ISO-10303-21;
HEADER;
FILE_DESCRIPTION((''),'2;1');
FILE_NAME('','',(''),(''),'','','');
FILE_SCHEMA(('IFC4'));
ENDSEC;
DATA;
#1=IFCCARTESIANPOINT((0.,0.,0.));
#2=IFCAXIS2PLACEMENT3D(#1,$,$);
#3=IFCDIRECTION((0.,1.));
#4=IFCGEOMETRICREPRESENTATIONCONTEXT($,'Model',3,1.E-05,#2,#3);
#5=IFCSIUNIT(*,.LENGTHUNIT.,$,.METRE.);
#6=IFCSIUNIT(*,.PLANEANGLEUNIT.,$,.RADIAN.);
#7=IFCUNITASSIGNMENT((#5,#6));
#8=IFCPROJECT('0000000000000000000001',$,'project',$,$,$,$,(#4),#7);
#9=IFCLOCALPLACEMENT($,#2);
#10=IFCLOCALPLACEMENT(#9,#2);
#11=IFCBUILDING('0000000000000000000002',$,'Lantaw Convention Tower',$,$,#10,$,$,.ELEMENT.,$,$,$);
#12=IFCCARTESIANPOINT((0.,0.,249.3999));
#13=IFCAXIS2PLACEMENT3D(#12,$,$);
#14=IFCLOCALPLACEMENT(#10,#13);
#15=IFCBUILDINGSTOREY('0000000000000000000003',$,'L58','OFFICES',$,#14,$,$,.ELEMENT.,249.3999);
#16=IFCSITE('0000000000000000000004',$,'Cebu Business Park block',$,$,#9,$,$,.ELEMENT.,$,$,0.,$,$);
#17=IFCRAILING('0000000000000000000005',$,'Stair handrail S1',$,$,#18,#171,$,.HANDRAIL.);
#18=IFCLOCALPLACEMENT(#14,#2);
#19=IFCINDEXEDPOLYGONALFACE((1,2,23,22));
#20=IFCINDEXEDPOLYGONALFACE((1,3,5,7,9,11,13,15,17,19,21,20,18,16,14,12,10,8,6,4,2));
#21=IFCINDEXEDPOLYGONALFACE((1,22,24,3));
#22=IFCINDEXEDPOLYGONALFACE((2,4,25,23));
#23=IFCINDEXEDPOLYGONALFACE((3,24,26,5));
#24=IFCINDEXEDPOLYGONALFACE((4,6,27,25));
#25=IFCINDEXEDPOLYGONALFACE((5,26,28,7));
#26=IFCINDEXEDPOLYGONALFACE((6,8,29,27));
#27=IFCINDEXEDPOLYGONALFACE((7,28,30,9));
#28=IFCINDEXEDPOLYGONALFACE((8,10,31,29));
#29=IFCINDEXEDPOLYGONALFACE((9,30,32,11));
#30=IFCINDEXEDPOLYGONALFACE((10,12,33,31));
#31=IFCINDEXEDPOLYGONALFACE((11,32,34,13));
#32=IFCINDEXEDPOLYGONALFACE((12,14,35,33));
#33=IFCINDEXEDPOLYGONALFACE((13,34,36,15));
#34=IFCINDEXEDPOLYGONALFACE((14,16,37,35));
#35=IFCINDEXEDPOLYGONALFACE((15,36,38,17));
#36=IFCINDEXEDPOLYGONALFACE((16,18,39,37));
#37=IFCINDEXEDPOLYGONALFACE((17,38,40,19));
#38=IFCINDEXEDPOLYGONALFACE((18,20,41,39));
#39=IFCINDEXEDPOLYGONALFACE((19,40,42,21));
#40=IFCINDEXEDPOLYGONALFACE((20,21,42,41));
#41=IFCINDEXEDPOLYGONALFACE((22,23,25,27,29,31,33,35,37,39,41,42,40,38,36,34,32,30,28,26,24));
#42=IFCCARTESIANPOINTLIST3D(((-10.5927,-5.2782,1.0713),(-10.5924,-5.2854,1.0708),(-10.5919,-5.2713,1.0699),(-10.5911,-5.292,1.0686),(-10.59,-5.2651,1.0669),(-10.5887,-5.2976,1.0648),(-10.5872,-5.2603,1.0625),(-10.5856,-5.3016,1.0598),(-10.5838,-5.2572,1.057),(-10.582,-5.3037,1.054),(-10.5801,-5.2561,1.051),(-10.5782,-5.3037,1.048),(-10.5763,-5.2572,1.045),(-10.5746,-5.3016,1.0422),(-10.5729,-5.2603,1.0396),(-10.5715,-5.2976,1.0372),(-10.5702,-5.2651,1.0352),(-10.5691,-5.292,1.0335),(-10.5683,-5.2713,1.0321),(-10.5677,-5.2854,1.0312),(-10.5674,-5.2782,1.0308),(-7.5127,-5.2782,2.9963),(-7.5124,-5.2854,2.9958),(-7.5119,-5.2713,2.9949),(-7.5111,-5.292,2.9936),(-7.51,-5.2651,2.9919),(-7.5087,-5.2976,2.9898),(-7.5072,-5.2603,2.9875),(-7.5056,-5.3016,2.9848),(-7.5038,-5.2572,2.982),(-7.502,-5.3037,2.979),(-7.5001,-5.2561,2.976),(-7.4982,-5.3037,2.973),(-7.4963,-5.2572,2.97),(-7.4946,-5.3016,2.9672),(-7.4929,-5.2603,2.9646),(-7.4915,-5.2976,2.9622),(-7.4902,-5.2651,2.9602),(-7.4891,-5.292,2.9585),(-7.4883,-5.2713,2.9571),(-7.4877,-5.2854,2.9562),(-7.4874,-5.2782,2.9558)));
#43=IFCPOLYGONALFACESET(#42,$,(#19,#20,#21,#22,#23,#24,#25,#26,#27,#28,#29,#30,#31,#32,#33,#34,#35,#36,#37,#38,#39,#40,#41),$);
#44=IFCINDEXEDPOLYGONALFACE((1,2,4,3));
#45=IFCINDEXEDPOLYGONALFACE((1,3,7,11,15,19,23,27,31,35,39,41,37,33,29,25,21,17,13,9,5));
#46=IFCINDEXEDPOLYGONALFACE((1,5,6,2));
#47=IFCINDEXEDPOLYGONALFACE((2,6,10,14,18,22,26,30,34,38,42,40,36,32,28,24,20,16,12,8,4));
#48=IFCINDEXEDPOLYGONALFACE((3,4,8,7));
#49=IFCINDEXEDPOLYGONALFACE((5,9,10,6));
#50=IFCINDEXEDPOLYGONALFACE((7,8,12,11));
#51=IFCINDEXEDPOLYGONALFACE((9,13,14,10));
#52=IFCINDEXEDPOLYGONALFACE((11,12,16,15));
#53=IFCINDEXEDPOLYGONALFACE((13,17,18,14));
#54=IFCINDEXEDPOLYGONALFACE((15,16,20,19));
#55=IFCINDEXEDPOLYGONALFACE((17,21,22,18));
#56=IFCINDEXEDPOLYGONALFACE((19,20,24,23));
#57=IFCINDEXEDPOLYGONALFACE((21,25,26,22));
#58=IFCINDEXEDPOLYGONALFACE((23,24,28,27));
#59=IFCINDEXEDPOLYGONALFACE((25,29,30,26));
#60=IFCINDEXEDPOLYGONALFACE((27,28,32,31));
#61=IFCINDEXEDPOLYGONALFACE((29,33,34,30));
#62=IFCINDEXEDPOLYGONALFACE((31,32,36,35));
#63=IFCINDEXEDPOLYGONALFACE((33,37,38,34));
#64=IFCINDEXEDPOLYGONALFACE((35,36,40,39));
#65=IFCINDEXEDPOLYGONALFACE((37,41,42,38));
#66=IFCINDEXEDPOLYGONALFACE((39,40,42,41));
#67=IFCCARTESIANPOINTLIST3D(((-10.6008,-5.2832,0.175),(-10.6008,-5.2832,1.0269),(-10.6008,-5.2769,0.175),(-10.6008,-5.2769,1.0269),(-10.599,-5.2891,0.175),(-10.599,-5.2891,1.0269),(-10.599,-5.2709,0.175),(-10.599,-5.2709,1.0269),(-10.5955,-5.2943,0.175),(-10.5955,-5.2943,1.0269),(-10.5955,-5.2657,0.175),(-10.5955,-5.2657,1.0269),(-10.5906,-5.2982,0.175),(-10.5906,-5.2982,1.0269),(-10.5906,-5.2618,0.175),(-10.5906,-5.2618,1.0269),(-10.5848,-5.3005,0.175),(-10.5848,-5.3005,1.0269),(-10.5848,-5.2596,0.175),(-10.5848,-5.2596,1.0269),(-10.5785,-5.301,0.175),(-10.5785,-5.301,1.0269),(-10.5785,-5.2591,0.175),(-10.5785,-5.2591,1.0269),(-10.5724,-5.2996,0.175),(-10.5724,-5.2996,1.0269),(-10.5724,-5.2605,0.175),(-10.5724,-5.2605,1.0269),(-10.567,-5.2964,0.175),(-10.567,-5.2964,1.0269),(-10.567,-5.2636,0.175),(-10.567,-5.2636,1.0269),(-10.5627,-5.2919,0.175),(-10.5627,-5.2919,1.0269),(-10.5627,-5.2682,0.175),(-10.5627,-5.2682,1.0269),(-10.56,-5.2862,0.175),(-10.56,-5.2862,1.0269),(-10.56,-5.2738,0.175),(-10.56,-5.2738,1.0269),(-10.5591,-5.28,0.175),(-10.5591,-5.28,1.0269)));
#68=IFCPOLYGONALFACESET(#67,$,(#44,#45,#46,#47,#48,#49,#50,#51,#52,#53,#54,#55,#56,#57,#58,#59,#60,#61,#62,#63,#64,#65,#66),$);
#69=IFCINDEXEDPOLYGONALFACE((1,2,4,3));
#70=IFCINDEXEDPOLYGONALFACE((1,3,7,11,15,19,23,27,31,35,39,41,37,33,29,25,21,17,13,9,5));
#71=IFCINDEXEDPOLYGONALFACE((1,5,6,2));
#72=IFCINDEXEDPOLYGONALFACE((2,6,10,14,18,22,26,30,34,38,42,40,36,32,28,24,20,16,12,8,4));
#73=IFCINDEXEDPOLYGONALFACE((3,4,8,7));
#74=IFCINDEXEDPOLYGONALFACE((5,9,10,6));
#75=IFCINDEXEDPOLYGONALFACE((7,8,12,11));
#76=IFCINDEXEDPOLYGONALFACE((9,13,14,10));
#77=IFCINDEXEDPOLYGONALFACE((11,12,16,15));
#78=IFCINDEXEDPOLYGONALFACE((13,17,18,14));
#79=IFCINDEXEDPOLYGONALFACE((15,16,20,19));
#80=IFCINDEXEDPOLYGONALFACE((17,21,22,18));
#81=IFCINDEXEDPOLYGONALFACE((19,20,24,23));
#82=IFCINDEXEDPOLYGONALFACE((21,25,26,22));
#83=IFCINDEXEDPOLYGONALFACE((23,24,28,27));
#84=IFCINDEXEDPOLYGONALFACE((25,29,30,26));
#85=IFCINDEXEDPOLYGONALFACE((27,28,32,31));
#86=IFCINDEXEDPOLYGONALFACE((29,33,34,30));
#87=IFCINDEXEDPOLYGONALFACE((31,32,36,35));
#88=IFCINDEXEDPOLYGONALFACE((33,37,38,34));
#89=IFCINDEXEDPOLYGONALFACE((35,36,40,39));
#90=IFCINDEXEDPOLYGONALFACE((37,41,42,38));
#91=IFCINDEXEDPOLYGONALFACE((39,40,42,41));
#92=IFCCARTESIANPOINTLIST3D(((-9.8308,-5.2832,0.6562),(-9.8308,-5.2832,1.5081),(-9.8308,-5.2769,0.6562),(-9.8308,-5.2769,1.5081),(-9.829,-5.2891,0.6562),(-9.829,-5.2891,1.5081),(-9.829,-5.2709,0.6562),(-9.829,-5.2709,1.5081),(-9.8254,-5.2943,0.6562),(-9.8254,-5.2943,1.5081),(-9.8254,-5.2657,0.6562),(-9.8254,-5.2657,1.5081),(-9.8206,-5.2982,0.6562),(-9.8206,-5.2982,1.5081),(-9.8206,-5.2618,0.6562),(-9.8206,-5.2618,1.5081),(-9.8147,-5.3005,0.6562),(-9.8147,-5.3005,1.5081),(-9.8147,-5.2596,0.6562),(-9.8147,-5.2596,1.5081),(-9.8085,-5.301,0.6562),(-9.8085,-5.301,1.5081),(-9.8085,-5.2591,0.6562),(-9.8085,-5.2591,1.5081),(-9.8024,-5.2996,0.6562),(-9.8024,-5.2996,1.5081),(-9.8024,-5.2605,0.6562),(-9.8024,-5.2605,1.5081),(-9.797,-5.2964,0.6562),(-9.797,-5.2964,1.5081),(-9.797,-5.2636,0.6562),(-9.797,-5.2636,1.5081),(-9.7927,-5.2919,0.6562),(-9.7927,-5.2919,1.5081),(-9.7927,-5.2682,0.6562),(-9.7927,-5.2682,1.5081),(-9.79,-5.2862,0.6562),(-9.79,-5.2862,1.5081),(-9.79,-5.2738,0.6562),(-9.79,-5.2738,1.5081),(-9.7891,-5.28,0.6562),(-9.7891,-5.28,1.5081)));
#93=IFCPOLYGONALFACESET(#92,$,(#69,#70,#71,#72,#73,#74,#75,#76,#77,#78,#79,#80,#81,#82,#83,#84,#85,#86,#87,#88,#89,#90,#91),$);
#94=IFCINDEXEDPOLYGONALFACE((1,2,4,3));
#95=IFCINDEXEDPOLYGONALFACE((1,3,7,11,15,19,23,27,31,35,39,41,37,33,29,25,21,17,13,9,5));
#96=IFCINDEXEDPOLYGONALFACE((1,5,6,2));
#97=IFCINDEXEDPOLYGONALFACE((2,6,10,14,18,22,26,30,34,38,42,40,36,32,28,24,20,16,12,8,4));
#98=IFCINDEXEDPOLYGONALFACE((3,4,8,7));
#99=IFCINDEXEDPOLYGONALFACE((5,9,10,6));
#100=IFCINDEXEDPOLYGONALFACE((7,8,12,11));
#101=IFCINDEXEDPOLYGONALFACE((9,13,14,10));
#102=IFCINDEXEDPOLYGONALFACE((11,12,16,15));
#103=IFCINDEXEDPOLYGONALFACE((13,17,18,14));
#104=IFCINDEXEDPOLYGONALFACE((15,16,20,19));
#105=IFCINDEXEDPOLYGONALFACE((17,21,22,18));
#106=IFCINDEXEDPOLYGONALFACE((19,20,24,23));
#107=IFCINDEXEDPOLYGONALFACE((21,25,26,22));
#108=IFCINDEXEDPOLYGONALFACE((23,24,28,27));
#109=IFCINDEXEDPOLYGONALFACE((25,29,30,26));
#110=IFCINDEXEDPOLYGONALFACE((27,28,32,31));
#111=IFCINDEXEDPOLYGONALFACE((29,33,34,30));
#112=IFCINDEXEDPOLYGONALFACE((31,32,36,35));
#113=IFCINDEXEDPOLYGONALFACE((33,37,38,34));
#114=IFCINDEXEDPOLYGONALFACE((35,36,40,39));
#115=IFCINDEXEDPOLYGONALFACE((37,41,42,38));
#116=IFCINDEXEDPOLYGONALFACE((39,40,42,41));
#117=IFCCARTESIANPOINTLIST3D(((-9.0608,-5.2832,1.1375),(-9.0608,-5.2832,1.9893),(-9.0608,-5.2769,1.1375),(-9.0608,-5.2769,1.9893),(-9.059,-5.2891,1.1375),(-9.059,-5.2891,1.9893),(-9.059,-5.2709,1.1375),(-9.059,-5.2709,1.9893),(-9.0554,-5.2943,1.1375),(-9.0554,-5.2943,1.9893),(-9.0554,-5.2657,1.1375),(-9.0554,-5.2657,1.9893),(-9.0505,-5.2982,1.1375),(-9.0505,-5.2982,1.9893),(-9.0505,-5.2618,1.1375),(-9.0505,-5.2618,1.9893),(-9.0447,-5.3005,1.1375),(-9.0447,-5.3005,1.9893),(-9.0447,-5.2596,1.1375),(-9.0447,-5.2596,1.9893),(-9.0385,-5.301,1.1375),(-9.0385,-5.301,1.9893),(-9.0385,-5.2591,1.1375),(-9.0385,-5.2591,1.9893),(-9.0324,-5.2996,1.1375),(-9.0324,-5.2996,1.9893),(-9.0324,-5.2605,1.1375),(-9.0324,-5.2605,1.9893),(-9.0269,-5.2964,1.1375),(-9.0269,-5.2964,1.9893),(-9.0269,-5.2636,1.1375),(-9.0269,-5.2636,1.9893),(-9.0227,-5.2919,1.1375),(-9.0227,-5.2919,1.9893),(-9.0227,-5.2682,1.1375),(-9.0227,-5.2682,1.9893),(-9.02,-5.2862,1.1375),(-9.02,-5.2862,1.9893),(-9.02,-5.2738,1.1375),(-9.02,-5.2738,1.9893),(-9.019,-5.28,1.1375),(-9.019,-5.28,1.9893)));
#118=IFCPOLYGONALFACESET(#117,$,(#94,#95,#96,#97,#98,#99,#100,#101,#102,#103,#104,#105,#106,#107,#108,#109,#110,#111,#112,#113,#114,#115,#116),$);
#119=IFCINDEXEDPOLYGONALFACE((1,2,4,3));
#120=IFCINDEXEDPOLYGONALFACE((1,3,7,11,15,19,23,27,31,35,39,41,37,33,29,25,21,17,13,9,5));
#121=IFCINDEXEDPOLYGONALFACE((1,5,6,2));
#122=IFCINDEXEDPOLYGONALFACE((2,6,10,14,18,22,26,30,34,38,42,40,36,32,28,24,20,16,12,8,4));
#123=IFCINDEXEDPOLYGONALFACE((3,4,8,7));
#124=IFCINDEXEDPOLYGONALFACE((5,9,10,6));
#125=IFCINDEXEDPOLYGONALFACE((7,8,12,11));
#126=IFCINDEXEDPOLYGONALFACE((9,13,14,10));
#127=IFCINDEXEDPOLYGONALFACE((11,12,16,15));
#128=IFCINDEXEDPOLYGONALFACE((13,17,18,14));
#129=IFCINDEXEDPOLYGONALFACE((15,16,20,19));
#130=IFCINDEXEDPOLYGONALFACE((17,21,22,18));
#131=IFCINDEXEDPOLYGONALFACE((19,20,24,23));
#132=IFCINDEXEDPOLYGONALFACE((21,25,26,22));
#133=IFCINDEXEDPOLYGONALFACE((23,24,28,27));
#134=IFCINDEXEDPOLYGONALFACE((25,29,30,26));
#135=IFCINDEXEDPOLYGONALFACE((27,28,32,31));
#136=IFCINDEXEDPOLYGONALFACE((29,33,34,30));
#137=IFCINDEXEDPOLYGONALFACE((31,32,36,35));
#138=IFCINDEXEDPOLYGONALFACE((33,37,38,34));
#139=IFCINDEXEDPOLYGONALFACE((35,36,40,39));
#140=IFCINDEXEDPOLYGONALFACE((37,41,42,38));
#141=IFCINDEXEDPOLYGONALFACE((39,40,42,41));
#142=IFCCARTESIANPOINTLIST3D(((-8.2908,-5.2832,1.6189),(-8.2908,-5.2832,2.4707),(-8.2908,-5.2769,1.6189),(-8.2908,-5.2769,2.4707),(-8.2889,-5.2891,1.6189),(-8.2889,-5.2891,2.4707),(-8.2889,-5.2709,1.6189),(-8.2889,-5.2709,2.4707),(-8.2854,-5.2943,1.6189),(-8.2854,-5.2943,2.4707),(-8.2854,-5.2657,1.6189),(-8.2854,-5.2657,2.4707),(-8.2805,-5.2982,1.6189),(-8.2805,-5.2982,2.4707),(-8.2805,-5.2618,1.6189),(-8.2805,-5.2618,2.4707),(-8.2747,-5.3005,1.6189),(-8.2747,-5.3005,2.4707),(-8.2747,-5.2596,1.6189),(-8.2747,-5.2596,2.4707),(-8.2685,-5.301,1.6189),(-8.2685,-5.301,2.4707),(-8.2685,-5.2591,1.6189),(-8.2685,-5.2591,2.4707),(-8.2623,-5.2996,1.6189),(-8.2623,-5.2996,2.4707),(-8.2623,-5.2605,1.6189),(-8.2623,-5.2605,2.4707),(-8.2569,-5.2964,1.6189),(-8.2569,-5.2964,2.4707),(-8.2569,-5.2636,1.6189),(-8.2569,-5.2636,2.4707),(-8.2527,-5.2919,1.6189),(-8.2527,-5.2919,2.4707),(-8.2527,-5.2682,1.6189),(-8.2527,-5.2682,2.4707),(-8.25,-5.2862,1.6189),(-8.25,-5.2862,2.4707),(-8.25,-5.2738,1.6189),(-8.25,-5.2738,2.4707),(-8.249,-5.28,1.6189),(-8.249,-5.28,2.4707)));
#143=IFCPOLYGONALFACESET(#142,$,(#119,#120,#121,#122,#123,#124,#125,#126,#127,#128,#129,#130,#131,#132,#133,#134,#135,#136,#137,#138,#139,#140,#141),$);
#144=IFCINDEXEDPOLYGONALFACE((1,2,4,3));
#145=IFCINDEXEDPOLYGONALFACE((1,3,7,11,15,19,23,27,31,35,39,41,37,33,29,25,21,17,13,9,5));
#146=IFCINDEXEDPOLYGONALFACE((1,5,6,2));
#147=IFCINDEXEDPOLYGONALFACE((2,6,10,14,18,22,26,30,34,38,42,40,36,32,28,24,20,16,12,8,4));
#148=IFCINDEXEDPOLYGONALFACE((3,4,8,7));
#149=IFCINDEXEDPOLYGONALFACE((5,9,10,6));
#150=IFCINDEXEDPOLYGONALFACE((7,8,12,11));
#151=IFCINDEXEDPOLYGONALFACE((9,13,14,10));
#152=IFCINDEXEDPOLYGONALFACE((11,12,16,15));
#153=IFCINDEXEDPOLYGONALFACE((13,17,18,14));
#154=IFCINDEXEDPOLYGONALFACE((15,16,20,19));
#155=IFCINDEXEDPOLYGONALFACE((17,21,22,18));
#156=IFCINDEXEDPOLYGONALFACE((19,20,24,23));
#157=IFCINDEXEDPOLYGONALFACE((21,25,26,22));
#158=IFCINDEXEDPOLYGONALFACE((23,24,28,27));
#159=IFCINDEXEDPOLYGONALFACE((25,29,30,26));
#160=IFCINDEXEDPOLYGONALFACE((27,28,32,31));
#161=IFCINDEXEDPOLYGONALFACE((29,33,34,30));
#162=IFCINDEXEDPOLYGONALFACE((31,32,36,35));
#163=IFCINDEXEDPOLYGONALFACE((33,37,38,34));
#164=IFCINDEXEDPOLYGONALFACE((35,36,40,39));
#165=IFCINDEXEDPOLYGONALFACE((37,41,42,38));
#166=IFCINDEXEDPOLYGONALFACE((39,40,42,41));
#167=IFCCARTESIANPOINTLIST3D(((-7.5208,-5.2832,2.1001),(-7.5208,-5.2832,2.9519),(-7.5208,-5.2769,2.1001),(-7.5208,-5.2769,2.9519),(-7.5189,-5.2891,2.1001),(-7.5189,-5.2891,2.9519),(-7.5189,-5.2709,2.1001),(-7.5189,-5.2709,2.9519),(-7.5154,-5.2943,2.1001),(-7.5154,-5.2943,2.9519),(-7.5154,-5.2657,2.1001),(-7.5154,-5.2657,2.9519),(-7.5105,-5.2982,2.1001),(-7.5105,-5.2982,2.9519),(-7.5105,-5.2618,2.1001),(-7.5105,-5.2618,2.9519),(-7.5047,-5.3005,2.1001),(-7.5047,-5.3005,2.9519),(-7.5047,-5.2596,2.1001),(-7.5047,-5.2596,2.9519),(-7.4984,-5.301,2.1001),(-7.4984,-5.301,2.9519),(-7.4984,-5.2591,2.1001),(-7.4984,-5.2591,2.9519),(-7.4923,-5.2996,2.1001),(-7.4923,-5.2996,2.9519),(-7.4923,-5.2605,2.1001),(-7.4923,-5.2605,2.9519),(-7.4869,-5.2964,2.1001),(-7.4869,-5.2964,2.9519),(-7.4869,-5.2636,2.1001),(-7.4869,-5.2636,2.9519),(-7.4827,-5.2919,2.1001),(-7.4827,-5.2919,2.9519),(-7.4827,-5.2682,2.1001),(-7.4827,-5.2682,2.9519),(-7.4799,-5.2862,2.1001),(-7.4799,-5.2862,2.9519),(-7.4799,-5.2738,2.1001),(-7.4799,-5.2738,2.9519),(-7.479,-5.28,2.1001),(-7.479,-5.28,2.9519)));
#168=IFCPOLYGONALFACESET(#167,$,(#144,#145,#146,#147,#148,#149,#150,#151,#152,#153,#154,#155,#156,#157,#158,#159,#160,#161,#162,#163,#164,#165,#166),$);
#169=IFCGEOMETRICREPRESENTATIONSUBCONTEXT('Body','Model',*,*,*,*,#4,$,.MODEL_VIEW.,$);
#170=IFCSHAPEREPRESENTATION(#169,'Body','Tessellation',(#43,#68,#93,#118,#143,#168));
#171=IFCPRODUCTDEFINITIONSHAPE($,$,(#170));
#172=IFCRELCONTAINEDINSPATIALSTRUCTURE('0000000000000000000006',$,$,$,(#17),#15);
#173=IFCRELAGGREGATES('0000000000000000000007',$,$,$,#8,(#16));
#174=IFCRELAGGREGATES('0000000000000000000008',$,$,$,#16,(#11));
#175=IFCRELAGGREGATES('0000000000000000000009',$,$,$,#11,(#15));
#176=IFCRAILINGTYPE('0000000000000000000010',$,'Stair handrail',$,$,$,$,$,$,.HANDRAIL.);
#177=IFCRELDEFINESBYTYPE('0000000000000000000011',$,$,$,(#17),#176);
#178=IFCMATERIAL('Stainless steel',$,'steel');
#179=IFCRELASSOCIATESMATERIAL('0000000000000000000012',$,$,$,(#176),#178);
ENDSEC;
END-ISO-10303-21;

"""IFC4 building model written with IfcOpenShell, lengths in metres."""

from ifc_helpers import new_model, si_unit, direction, frame, origin, origin_2d, place, context, subcontext, project, spatial, circle, extrude, material, type_object, element, save


model = new_model("IFC4")

# Units and contexts
model_context = context("Model", 3, precision=1e-05, world=origin(), true_north=direction((0.0, 1.0)))
body_context = subcontext(model_context, "Body", "Model", "MODEL_VIEW")
ifc_project = project(units=[si_unit("LENGTHUNIT", "METRE"), si_unit("PLANEANGLEUNIT", "RADIAN")], contexts=[model_context])

# Site, building, storey
site_placement = place(None, origin())
site = spatial("IfcSite", under=ifc_project, at=site_placement, Name="Cebu Business Park block", CompositionType="ELEMENT", RefElevation=0.0)
building_placement = place(site_placement, origin())
building = spatial("IfcBuilding", under=site, at=building_placement, Name="Lantaw Convention Tower", CompositionType="ELEMENT")
storey_placement = place(building_placement, frame((0.0, 0.0, 249.3999)))
storey = spatial("IfcBuildingStorey", under=building, at=storey_placement, Name="L58", Description="OFFICES", CompositionType="ELEMENT", Elevation=249.3999)

# Shared definitions
ifc_material_1 = material(Name="Stainless steel", Category="steel")

# Railing
railing_type = type_object("IfcRailingType", Name="Stair handrail", PredefinedType="HANDRAIL", material=ifc_material_1)
railing_1_placement = place(storey_placement, frame((-10.5801, -5.28, 0.175)))
element("IfcRailing", 1, at=railing_1_placement, inside=storey, type_object=railing_type, Name="Stair handrail S1", PredefinedType="HANDRAIL", context=body_context, shape_type="SweptSolid", body=[
    extrude(circle(Radius=0.0239, at=origin_2d()), frame((0.0, 0.0, 0.876), z_axis=(0.847998, 0.0, 0.529999), x_axis=(0.0, 1.0, 0.0)), (0.0, 0.0, 1.0), 3.6321),
    extrude(circle(Radius=0.021, at=origin_2d()), origin(), (0.0, 0.0, 1.0), 0.8518),
    extrude(circle(Radius=0.021, at=origin_2d()), frame((0.77, 0.0, 0.4812)), (0.0, 0.0, 1.0), 0.8518),
    extrude(circle(Radius=0.021, at=origin_2d()), frame((1.54, 0.0, 0.9624)), (0.0, 0.0, 1.0), 0.8518),
    extrude(circle(Radius=0.021, at=origin_2d()), frame((2.3101, 0.0, 1.4438)), (0.0, 0.0, 1.0), 0.8518),
    extrude(circle(Radius=0.021, at=origin_2d()), frame((3.0801, 0.0, 1.925)), (0.0, 0.0, 1.0), 0.8518),
])

save(model, "model.ifc")
